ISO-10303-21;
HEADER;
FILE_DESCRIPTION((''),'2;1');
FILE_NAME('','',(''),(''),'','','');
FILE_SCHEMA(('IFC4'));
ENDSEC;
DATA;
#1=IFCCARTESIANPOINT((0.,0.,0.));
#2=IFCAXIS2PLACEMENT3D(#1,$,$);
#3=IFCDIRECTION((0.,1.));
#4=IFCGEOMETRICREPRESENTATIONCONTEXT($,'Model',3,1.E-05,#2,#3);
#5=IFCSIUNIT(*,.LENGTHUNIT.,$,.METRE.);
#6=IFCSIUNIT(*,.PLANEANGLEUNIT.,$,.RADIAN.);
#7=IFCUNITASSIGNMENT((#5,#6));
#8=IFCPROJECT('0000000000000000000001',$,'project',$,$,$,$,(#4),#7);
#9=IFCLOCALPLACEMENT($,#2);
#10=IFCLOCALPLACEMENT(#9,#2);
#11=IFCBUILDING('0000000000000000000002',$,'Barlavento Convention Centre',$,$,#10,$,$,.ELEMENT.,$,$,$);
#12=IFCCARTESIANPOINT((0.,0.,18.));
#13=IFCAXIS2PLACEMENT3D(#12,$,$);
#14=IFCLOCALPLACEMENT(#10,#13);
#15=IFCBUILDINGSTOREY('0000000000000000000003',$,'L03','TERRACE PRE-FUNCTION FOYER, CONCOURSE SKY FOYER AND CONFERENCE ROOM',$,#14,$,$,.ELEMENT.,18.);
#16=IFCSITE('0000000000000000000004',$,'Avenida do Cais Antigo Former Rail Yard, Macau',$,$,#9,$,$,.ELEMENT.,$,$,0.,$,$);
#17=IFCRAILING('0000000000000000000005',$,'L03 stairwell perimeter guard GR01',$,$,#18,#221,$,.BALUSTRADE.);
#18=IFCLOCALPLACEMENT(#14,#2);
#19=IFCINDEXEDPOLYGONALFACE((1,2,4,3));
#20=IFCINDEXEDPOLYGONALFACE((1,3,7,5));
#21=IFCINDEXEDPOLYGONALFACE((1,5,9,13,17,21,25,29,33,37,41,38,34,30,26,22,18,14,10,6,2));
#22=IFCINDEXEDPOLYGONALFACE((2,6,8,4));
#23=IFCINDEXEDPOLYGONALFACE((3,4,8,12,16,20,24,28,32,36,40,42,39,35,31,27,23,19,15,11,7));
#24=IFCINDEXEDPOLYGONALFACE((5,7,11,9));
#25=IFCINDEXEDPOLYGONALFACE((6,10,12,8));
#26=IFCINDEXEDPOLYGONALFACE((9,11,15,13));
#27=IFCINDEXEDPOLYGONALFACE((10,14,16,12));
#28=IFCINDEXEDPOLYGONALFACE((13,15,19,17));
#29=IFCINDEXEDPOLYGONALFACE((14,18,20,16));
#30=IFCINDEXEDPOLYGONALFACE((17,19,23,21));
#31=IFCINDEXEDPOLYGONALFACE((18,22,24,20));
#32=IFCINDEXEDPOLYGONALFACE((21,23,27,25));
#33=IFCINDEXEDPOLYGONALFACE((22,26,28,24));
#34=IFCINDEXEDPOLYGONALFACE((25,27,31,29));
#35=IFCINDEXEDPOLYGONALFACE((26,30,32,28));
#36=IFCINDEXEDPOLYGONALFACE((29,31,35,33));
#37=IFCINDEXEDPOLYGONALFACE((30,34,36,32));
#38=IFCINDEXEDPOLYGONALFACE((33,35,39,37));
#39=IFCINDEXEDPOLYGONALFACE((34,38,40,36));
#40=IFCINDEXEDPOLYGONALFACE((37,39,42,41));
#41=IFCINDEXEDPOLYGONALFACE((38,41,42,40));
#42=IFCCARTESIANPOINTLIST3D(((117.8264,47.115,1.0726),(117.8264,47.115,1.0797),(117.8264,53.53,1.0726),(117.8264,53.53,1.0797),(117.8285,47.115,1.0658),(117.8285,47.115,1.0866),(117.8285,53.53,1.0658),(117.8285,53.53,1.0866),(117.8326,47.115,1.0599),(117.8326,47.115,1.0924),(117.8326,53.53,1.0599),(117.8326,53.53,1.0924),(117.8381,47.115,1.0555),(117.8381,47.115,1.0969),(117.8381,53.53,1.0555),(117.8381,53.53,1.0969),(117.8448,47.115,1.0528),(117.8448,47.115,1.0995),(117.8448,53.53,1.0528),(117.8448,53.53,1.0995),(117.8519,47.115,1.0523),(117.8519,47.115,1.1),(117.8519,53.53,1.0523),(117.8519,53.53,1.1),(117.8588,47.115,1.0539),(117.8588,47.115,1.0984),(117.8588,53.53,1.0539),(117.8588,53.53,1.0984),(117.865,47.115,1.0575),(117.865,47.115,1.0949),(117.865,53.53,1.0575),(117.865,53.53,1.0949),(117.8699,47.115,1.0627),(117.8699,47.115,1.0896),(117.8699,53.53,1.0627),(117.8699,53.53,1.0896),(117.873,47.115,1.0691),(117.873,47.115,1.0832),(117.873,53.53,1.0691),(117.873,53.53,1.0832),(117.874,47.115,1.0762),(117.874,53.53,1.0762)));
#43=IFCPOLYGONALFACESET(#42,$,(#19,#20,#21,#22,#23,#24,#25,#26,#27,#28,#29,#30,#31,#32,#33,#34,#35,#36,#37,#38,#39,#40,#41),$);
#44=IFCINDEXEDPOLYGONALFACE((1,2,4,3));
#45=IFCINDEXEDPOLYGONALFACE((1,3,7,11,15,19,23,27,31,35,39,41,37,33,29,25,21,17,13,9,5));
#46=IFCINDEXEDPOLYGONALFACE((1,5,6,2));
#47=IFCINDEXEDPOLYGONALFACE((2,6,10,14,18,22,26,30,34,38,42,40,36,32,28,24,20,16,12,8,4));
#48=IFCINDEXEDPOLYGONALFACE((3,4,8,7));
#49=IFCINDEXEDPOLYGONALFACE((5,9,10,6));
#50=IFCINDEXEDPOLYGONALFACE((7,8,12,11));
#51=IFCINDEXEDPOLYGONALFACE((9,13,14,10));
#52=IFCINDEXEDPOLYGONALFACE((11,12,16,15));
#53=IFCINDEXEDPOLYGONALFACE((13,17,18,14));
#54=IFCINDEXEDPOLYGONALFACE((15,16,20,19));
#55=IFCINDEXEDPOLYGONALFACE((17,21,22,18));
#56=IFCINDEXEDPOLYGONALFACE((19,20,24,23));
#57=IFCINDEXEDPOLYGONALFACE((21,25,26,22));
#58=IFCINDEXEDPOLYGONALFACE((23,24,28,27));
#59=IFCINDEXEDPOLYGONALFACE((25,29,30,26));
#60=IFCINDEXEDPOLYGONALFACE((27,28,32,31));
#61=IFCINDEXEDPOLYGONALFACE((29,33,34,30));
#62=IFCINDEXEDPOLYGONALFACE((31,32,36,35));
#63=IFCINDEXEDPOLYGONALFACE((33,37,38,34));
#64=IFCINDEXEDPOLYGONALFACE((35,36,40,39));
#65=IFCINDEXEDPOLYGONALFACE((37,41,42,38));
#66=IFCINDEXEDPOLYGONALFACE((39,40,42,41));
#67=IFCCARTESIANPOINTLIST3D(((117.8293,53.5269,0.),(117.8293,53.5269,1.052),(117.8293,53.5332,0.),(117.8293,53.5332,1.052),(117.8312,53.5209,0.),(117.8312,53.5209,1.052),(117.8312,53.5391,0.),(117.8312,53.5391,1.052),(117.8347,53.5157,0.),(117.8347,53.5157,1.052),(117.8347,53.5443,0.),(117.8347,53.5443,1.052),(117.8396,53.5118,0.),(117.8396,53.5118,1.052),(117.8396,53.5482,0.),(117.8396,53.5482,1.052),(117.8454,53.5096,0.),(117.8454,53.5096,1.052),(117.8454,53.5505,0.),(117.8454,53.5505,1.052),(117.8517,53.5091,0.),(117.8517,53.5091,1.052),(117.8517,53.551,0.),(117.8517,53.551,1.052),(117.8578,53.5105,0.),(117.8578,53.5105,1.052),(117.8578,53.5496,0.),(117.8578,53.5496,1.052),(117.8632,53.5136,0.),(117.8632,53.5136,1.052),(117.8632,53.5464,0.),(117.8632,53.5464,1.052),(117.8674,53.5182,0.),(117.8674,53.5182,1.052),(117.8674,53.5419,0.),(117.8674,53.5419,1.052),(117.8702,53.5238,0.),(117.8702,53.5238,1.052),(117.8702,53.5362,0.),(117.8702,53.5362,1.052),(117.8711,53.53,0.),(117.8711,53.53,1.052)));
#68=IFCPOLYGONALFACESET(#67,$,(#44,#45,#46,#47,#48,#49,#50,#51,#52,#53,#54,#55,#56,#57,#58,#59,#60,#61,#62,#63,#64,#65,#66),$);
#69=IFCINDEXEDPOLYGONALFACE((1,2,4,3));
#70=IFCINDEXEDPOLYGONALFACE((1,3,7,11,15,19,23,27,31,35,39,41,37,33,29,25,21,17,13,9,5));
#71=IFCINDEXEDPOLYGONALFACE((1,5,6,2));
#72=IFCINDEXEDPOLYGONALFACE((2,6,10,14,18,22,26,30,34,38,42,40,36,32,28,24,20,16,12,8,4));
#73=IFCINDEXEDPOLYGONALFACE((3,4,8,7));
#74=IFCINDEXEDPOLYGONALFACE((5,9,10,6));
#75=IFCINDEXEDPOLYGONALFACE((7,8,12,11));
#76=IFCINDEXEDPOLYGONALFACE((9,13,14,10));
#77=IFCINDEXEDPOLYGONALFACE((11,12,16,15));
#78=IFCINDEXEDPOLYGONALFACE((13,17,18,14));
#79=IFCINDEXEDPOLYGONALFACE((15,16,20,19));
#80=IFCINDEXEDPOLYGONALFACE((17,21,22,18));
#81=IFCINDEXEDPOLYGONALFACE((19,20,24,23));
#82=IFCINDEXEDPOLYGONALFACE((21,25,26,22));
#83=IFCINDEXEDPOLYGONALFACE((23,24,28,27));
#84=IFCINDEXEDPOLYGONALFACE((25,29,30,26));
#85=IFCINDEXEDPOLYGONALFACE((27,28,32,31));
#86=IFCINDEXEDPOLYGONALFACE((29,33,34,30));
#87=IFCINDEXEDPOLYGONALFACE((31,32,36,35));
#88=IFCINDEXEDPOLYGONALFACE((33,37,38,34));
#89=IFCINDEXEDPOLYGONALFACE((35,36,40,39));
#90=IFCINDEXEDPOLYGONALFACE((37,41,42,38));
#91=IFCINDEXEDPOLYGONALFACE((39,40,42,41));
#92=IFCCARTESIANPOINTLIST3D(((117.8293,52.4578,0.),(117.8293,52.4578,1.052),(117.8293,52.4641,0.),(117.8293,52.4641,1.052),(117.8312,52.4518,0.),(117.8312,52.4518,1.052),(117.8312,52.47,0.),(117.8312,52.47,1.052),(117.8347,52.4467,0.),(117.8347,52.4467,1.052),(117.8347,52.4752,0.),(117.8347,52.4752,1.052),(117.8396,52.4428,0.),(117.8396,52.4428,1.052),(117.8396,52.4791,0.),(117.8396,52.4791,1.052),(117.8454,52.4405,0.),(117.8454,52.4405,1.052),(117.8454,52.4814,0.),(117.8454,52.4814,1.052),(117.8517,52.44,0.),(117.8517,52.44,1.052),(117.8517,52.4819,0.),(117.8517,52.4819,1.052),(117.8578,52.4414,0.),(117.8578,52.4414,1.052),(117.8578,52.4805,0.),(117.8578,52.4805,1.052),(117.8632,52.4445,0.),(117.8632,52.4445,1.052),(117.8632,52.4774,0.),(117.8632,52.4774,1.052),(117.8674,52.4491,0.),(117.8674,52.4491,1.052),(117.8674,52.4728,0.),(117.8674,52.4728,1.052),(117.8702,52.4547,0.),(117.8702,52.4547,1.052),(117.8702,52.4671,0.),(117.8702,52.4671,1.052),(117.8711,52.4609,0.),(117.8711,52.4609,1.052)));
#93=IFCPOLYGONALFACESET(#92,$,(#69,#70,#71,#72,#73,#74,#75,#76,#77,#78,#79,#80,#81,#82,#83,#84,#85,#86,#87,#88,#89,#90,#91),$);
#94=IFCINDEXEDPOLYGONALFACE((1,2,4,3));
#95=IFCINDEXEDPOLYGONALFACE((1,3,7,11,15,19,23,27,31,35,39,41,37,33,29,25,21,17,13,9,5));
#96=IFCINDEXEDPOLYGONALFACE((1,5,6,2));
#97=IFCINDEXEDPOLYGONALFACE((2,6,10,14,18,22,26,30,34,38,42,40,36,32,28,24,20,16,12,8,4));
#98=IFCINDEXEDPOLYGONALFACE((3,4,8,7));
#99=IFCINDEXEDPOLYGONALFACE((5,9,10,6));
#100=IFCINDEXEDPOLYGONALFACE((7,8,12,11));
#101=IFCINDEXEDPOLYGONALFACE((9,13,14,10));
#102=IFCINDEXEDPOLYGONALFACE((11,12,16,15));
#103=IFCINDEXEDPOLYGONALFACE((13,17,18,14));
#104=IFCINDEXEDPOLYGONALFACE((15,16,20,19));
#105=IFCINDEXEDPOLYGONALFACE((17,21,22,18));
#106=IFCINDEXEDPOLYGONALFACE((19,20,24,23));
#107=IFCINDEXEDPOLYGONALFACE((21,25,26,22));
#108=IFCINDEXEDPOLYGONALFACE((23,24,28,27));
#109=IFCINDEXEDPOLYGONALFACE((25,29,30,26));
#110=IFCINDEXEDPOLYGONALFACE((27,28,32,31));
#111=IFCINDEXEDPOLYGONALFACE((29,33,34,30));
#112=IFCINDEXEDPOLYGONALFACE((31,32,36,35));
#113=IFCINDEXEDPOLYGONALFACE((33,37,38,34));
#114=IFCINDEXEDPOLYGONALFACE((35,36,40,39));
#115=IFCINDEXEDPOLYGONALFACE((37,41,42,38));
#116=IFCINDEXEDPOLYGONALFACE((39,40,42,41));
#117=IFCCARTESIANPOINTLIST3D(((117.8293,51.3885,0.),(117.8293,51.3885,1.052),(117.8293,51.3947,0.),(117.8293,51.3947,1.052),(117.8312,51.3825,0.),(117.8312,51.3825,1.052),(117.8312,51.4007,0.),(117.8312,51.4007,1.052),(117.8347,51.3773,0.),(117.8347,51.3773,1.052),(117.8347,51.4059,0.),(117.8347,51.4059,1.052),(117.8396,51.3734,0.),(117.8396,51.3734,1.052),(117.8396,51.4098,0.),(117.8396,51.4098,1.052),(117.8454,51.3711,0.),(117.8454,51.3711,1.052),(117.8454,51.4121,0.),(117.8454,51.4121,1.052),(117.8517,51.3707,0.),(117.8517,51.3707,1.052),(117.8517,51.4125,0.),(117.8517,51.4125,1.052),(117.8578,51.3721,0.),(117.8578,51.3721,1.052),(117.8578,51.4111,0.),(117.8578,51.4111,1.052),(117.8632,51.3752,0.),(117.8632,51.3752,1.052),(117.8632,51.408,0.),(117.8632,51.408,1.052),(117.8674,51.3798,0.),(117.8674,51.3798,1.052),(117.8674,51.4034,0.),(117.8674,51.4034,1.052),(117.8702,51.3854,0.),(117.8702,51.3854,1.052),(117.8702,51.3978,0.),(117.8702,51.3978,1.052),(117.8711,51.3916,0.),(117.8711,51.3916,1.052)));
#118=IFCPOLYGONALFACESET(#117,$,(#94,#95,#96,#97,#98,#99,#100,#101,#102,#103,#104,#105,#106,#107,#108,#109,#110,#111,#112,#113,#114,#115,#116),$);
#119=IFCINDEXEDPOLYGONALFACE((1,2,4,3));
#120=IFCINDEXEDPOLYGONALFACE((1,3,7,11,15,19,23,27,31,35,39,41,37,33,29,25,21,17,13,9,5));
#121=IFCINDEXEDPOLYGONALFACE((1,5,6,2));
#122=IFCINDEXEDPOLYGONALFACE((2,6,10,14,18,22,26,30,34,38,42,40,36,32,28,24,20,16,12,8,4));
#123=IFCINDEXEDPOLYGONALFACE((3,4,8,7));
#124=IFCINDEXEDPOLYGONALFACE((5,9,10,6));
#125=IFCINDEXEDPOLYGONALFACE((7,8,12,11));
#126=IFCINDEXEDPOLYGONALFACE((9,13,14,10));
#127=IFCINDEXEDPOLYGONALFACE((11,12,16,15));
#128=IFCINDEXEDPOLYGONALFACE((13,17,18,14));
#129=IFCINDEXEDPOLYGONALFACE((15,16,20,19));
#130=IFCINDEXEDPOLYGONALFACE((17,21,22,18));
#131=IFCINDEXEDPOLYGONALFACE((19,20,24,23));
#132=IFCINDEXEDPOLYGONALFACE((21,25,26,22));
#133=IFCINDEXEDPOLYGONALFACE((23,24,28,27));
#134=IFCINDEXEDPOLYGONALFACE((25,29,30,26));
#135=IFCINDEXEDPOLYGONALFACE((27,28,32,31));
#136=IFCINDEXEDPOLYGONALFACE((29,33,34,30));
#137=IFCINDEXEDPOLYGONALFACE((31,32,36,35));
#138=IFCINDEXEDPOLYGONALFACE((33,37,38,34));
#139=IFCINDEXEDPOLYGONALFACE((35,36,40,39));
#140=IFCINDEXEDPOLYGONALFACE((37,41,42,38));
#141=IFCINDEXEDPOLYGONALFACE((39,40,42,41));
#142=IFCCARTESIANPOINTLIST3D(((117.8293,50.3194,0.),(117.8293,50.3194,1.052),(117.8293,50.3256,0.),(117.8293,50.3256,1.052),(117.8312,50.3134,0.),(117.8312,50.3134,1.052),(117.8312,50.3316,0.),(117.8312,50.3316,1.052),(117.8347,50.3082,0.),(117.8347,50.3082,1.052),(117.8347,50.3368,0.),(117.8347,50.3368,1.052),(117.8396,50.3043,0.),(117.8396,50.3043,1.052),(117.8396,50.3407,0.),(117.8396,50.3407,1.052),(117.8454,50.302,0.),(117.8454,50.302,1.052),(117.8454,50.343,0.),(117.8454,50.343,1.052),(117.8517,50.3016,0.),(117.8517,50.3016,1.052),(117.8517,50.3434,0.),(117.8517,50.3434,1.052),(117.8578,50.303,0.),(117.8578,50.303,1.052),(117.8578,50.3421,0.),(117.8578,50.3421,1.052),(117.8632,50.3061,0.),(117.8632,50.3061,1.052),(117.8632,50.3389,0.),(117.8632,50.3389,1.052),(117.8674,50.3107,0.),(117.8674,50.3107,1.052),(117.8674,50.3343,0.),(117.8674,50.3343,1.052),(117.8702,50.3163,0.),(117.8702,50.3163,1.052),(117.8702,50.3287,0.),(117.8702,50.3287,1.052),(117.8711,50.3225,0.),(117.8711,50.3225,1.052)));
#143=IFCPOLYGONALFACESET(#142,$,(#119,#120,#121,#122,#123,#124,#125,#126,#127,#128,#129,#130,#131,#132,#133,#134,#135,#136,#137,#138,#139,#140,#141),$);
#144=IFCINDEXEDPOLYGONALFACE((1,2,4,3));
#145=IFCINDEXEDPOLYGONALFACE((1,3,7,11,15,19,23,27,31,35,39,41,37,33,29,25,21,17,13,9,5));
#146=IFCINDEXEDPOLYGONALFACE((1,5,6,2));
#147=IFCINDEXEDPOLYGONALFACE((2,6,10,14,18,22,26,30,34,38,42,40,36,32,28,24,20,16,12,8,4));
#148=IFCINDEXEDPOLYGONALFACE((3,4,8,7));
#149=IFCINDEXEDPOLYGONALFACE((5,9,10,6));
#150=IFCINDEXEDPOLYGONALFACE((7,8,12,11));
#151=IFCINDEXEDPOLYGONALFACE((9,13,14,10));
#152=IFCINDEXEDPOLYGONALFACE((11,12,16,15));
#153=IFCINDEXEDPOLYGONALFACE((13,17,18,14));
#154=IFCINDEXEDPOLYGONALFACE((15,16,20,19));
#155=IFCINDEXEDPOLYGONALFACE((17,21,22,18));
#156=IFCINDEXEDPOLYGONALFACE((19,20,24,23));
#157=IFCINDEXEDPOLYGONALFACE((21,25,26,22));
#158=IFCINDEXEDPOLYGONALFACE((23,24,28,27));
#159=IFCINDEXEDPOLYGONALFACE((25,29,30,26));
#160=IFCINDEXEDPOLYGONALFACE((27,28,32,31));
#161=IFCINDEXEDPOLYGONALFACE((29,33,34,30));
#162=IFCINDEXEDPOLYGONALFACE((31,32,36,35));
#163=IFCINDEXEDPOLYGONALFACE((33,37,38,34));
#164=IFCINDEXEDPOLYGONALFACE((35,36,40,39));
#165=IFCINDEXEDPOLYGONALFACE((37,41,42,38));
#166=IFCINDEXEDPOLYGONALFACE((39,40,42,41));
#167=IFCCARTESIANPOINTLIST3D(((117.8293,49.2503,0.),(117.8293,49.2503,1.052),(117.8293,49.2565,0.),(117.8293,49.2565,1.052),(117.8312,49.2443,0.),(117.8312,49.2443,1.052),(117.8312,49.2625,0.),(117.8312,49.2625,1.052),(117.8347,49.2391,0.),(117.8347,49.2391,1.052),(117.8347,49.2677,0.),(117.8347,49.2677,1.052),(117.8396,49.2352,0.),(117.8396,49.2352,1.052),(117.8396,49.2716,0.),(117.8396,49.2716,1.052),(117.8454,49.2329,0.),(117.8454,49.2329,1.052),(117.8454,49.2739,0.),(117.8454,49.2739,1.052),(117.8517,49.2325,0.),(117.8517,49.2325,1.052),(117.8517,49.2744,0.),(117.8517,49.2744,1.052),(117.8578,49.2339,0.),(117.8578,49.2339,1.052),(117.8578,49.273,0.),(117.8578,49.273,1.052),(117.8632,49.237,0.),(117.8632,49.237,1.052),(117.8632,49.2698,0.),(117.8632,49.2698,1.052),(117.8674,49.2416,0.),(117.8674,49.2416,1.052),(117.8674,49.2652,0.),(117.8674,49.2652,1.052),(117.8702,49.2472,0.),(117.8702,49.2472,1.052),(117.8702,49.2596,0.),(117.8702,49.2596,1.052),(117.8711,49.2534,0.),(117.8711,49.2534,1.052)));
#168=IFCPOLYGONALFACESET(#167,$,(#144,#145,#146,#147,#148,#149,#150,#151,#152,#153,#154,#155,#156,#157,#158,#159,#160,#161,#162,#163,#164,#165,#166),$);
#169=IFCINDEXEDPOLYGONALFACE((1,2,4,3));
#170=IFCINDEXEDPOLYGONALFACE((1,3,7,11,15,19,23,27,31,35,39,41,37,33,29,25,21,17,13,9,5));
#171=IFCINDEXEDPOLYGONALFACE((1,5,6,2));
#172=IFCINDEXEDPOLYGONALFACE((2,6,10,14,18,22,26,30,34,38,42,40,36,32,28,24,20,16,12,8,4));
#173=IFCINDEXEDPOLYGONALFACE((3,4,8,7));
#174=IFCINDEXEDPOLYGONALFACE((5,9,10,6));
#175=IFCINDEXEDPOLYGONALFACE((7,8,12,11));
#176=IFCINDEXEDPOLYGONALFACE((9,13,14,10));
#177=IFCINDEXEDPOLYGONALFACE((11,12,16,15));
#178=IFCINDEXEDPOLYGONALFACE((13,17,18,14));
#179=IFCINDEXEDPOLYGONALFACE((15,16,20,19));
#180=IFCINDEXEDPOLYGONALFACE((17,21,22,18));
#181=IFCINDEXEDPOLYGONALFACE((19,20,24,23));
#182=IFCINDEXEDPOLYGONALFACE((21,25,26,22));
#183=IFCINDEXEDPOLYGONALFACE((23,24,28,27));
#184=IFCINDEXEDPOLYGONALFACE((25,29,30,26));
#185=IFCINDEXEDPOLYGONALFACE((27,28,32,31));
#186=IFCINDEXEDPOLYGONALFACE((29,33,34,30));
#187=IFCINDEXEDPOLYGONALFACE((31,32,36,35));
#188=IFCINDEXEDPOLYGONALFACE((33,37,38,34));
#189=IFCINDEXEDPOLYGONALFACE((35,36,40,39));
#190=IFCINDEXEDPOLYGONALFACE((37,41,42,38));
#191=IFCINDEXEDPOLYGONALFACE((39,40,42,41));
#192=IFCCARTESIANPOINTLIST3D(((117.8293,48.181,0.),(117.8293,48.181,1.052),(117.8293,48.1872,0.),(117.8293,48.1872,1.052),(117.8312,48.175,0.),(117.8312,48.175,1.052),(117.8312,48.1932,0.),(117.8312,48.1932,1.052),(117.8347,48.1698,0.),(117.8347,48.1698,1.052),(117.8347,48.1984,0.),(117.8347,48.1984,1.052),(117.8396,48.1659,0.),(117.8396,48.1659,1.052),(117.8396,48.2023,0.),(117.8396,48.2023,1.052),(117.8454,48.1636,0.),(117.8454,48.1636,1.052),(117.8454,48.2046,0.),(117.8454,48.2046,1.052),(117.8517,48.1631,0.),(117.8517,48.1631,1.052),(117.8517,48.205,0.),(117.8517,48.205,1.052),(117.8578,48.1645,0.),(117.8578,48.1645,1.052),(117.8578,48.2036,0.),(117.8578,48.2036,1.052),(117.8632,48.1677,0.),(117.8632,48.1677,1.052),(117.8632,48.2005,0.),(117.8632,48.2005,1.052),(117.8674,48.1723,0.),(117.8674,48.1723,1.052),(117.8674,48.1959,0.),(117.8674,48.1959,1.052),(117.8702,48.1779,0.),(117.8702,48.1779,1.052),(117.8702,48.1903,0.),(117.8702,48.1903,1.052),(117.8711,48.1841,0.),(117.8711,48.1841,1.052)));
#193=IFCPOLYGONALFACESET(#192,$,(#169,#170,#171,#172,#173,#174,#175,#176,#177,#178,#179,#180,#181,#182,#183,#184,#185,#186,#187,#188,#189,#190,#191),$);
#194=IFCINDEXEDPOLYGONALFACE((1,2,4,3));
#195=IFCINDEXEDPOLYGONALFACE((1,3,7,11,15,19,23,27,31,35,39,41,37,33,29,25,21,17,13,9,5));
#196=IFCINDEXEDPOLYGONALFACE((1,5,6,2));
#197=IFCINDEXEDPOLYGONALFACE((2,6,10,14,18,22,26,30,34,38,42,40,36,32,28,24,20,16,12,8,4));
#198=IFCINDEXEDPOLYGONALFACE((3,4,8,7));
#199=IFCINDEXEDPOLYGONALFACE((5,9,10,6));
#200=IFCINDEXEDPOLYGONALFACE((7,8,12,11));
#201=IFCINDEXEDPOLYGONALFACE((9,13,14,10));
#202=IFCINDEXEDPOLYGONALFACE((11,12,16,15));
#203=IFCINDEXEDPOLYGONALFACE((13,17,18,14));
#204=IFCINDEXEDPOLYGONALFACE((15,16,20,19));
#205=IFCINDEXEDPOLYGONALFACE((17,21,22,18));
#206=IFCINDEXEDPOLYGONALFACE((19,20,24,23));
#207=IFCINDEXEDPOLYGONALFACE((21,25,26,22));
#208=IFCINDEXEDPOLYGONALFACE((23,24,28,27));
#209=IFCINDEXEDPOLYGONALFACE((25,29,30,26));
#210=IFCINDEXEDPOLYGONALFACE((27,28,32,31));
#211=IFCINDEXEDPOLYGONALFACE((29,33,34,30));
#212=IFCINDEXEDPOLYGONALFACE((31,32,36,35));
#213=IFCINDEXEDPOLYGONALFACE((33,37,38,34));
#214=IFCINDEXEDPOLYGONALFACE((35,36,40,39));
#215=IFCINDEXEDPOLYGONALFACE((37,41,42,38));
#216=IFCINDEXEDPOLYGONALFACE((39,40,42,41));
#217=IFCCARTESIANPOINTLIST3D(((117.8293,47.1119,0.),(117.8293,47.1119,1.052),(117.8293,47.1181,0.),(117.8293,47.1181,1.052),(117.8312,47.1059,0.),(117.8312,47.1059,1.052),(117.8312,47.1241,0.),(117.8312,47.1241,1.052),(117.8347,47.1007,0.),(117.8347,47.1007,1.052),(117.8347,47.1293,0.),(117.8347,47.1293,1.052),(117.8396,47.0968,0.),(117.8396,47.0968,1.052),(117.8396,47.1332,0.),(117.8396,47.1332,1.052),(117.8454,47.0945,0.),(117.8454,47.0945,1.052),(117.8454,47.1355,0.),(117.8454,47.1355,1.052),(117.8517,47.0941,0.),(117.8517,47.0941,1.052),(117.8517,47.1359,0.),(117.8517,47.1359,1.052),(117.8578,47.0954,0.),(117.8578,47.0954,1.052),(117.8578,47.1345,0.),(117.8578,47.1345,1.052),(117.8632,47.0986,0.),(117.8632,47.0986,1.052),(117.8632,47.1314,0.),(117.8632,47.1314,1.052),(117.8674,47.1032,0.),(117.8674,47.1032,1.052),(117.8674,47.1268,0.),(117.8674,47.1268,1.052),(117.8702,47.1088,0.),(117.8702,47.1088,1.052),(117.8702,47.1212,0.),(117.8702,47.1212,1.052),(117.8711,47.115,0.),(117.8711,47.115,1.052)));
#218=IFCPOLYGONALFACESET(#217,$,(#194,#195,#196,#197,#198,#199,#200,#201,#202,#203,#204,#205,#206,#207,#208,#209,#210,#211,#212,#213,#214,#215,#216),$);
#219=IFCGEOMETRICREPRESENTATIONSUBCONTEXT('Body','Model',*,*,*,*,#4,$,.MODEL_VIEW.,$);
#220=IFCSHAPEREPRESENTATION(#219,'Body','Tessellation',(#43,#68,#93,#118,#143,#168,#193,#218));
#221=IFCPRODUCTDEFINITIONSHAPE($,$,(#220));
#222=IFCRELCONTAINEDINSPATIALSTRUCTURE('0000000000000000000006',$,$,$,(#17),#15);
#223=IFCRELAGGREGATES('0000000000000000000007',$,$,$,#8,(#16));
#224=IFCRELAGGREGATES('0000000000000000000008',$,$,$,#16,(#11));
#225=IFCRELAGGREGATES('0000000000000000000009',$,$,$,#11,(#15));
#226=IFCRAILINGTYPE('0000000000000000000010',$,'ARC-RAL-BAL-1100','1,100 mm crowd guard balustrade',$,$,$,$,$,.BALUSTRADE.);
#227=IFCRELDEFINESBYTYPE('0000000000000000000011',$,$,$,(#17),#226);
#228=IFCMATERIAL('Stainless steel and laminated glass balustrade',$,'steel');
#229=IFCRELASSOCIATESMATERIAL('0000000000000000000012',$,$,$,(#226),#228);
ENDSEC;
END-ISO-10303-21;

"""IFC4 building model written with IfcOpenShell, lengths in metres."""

from ifc_helpers import new_model, si_unit, direction, frame, origin, origin_2d, place, context, subcontext, project, spatial, circle, extrude, material, type_object, element, save


model = new_model("IFC4")

# Units and contexts
model_context = context("Model", 3, precision=1e-05, world=origin(), true_north=direction((0.0, 1.0)))
body_context = subcontext(model_context, "Body", "Model", "MODEL_VIEW")
ifc_project = project(units=[si_unit("LENGTHUNIT", "METRE"), si_unit("PLANEANGLEUNIT", "RADIAN")], contexts=[model_context])

# Site, building, storey
site_placement = place(None, origin())
site = spatial("IfcSite", under=ifc_project, at=site_placement, Name="Avenida do Cais Antigo Former Rail Yard, Macau", CompositionType="ELEMENT", RefElevation=0.0)
building_placement = place(site_placement, origin())
building = spatial("IfcBuilding", under=site, at=building_placement, Name="Barlavento Convention Centre", CompositionType="ELEMENT")
storey_placement = place(building_placement, frame((0.0, 0.0, 18.0)))
storey = spatial("IfcBuildingStorey", under=building, at=storey_placement, Name="L03", Description="TERRACE PRE-FUNCTION FOYER, CONCOURSE SKY FOYER AND CONFERENCE ROOM", CompositionType="ELEMENT", Elevation=18.0)

# Railing
ifc_material_1 = material(Name="Stainless steel and laminated glass balustrade", Category="steel")
railing_type = type_object("IfcRailingType", Name="ARC-RAL-BAL-1100", Description="1,100 mm crowd guard balustrade", PredefinedType="BALUSTRADE", material=ifc_material_1)
railing_placement = place(storey_placement, frame((117.8501, 53.53, 0.0)))
element("IfcRailing", 1, at=railing_placement, inside=storey, type_object=railing_type, Name="L03 stairwell perimeter guard GR01", PredefinedType="BALUSTRADE", context=body_context, shape_type="SweptSolid", body=[
    extrude(circle(Radius=0.0239, at=origin_2d()), frame((0.0, 0.0, 1.0762), z_axis=(0.0, -1.0, 0.0), x_axis=(1.0, 0.0, 0.0)), (0.0, 0.0, 1.0), 6.415),
    extrude(circle(Radius=0.021, at=origin_2d()), origin(), (0.0, 0.0, 1.0), 1.052),
    extrude(circle(Radius=0.021, at=origin_2d()), frame((0.0, -1.0691, 0.0)), (0.0, 0.0, 1.0), 1.052),
    extrude(circle(Radius=0.021, at=origin_2d()), frame((0.0, -2.1384, 0.0)), (0.0, 0.0, 1.0), 1.052),
    extrude(circle(Radius=0.021, at=origin_2d()), frame((0.0, -3.2075, 0.0)), (0.0, 0.0, 1.0), 1.052),
    extrude(circle(Radius=0.021, at=origin_2d()), frame((0.0, -4.2766, 0.0)), (0.0, 0.0, 1.0), 1.052),
    extrude(circle(Radius=0.021, at=origin_2d()), frame((0.0, -5.3459, 0.0)), (0.0, 0.0, 1.0), 1.052),
    extrude(circle(Radius=0.021, at=origin_2d()), frame((0.0, -6.415, 0.0)), (0.0, 0.0, 1.0), 1.052),
])

save(model, "model.ifc")
